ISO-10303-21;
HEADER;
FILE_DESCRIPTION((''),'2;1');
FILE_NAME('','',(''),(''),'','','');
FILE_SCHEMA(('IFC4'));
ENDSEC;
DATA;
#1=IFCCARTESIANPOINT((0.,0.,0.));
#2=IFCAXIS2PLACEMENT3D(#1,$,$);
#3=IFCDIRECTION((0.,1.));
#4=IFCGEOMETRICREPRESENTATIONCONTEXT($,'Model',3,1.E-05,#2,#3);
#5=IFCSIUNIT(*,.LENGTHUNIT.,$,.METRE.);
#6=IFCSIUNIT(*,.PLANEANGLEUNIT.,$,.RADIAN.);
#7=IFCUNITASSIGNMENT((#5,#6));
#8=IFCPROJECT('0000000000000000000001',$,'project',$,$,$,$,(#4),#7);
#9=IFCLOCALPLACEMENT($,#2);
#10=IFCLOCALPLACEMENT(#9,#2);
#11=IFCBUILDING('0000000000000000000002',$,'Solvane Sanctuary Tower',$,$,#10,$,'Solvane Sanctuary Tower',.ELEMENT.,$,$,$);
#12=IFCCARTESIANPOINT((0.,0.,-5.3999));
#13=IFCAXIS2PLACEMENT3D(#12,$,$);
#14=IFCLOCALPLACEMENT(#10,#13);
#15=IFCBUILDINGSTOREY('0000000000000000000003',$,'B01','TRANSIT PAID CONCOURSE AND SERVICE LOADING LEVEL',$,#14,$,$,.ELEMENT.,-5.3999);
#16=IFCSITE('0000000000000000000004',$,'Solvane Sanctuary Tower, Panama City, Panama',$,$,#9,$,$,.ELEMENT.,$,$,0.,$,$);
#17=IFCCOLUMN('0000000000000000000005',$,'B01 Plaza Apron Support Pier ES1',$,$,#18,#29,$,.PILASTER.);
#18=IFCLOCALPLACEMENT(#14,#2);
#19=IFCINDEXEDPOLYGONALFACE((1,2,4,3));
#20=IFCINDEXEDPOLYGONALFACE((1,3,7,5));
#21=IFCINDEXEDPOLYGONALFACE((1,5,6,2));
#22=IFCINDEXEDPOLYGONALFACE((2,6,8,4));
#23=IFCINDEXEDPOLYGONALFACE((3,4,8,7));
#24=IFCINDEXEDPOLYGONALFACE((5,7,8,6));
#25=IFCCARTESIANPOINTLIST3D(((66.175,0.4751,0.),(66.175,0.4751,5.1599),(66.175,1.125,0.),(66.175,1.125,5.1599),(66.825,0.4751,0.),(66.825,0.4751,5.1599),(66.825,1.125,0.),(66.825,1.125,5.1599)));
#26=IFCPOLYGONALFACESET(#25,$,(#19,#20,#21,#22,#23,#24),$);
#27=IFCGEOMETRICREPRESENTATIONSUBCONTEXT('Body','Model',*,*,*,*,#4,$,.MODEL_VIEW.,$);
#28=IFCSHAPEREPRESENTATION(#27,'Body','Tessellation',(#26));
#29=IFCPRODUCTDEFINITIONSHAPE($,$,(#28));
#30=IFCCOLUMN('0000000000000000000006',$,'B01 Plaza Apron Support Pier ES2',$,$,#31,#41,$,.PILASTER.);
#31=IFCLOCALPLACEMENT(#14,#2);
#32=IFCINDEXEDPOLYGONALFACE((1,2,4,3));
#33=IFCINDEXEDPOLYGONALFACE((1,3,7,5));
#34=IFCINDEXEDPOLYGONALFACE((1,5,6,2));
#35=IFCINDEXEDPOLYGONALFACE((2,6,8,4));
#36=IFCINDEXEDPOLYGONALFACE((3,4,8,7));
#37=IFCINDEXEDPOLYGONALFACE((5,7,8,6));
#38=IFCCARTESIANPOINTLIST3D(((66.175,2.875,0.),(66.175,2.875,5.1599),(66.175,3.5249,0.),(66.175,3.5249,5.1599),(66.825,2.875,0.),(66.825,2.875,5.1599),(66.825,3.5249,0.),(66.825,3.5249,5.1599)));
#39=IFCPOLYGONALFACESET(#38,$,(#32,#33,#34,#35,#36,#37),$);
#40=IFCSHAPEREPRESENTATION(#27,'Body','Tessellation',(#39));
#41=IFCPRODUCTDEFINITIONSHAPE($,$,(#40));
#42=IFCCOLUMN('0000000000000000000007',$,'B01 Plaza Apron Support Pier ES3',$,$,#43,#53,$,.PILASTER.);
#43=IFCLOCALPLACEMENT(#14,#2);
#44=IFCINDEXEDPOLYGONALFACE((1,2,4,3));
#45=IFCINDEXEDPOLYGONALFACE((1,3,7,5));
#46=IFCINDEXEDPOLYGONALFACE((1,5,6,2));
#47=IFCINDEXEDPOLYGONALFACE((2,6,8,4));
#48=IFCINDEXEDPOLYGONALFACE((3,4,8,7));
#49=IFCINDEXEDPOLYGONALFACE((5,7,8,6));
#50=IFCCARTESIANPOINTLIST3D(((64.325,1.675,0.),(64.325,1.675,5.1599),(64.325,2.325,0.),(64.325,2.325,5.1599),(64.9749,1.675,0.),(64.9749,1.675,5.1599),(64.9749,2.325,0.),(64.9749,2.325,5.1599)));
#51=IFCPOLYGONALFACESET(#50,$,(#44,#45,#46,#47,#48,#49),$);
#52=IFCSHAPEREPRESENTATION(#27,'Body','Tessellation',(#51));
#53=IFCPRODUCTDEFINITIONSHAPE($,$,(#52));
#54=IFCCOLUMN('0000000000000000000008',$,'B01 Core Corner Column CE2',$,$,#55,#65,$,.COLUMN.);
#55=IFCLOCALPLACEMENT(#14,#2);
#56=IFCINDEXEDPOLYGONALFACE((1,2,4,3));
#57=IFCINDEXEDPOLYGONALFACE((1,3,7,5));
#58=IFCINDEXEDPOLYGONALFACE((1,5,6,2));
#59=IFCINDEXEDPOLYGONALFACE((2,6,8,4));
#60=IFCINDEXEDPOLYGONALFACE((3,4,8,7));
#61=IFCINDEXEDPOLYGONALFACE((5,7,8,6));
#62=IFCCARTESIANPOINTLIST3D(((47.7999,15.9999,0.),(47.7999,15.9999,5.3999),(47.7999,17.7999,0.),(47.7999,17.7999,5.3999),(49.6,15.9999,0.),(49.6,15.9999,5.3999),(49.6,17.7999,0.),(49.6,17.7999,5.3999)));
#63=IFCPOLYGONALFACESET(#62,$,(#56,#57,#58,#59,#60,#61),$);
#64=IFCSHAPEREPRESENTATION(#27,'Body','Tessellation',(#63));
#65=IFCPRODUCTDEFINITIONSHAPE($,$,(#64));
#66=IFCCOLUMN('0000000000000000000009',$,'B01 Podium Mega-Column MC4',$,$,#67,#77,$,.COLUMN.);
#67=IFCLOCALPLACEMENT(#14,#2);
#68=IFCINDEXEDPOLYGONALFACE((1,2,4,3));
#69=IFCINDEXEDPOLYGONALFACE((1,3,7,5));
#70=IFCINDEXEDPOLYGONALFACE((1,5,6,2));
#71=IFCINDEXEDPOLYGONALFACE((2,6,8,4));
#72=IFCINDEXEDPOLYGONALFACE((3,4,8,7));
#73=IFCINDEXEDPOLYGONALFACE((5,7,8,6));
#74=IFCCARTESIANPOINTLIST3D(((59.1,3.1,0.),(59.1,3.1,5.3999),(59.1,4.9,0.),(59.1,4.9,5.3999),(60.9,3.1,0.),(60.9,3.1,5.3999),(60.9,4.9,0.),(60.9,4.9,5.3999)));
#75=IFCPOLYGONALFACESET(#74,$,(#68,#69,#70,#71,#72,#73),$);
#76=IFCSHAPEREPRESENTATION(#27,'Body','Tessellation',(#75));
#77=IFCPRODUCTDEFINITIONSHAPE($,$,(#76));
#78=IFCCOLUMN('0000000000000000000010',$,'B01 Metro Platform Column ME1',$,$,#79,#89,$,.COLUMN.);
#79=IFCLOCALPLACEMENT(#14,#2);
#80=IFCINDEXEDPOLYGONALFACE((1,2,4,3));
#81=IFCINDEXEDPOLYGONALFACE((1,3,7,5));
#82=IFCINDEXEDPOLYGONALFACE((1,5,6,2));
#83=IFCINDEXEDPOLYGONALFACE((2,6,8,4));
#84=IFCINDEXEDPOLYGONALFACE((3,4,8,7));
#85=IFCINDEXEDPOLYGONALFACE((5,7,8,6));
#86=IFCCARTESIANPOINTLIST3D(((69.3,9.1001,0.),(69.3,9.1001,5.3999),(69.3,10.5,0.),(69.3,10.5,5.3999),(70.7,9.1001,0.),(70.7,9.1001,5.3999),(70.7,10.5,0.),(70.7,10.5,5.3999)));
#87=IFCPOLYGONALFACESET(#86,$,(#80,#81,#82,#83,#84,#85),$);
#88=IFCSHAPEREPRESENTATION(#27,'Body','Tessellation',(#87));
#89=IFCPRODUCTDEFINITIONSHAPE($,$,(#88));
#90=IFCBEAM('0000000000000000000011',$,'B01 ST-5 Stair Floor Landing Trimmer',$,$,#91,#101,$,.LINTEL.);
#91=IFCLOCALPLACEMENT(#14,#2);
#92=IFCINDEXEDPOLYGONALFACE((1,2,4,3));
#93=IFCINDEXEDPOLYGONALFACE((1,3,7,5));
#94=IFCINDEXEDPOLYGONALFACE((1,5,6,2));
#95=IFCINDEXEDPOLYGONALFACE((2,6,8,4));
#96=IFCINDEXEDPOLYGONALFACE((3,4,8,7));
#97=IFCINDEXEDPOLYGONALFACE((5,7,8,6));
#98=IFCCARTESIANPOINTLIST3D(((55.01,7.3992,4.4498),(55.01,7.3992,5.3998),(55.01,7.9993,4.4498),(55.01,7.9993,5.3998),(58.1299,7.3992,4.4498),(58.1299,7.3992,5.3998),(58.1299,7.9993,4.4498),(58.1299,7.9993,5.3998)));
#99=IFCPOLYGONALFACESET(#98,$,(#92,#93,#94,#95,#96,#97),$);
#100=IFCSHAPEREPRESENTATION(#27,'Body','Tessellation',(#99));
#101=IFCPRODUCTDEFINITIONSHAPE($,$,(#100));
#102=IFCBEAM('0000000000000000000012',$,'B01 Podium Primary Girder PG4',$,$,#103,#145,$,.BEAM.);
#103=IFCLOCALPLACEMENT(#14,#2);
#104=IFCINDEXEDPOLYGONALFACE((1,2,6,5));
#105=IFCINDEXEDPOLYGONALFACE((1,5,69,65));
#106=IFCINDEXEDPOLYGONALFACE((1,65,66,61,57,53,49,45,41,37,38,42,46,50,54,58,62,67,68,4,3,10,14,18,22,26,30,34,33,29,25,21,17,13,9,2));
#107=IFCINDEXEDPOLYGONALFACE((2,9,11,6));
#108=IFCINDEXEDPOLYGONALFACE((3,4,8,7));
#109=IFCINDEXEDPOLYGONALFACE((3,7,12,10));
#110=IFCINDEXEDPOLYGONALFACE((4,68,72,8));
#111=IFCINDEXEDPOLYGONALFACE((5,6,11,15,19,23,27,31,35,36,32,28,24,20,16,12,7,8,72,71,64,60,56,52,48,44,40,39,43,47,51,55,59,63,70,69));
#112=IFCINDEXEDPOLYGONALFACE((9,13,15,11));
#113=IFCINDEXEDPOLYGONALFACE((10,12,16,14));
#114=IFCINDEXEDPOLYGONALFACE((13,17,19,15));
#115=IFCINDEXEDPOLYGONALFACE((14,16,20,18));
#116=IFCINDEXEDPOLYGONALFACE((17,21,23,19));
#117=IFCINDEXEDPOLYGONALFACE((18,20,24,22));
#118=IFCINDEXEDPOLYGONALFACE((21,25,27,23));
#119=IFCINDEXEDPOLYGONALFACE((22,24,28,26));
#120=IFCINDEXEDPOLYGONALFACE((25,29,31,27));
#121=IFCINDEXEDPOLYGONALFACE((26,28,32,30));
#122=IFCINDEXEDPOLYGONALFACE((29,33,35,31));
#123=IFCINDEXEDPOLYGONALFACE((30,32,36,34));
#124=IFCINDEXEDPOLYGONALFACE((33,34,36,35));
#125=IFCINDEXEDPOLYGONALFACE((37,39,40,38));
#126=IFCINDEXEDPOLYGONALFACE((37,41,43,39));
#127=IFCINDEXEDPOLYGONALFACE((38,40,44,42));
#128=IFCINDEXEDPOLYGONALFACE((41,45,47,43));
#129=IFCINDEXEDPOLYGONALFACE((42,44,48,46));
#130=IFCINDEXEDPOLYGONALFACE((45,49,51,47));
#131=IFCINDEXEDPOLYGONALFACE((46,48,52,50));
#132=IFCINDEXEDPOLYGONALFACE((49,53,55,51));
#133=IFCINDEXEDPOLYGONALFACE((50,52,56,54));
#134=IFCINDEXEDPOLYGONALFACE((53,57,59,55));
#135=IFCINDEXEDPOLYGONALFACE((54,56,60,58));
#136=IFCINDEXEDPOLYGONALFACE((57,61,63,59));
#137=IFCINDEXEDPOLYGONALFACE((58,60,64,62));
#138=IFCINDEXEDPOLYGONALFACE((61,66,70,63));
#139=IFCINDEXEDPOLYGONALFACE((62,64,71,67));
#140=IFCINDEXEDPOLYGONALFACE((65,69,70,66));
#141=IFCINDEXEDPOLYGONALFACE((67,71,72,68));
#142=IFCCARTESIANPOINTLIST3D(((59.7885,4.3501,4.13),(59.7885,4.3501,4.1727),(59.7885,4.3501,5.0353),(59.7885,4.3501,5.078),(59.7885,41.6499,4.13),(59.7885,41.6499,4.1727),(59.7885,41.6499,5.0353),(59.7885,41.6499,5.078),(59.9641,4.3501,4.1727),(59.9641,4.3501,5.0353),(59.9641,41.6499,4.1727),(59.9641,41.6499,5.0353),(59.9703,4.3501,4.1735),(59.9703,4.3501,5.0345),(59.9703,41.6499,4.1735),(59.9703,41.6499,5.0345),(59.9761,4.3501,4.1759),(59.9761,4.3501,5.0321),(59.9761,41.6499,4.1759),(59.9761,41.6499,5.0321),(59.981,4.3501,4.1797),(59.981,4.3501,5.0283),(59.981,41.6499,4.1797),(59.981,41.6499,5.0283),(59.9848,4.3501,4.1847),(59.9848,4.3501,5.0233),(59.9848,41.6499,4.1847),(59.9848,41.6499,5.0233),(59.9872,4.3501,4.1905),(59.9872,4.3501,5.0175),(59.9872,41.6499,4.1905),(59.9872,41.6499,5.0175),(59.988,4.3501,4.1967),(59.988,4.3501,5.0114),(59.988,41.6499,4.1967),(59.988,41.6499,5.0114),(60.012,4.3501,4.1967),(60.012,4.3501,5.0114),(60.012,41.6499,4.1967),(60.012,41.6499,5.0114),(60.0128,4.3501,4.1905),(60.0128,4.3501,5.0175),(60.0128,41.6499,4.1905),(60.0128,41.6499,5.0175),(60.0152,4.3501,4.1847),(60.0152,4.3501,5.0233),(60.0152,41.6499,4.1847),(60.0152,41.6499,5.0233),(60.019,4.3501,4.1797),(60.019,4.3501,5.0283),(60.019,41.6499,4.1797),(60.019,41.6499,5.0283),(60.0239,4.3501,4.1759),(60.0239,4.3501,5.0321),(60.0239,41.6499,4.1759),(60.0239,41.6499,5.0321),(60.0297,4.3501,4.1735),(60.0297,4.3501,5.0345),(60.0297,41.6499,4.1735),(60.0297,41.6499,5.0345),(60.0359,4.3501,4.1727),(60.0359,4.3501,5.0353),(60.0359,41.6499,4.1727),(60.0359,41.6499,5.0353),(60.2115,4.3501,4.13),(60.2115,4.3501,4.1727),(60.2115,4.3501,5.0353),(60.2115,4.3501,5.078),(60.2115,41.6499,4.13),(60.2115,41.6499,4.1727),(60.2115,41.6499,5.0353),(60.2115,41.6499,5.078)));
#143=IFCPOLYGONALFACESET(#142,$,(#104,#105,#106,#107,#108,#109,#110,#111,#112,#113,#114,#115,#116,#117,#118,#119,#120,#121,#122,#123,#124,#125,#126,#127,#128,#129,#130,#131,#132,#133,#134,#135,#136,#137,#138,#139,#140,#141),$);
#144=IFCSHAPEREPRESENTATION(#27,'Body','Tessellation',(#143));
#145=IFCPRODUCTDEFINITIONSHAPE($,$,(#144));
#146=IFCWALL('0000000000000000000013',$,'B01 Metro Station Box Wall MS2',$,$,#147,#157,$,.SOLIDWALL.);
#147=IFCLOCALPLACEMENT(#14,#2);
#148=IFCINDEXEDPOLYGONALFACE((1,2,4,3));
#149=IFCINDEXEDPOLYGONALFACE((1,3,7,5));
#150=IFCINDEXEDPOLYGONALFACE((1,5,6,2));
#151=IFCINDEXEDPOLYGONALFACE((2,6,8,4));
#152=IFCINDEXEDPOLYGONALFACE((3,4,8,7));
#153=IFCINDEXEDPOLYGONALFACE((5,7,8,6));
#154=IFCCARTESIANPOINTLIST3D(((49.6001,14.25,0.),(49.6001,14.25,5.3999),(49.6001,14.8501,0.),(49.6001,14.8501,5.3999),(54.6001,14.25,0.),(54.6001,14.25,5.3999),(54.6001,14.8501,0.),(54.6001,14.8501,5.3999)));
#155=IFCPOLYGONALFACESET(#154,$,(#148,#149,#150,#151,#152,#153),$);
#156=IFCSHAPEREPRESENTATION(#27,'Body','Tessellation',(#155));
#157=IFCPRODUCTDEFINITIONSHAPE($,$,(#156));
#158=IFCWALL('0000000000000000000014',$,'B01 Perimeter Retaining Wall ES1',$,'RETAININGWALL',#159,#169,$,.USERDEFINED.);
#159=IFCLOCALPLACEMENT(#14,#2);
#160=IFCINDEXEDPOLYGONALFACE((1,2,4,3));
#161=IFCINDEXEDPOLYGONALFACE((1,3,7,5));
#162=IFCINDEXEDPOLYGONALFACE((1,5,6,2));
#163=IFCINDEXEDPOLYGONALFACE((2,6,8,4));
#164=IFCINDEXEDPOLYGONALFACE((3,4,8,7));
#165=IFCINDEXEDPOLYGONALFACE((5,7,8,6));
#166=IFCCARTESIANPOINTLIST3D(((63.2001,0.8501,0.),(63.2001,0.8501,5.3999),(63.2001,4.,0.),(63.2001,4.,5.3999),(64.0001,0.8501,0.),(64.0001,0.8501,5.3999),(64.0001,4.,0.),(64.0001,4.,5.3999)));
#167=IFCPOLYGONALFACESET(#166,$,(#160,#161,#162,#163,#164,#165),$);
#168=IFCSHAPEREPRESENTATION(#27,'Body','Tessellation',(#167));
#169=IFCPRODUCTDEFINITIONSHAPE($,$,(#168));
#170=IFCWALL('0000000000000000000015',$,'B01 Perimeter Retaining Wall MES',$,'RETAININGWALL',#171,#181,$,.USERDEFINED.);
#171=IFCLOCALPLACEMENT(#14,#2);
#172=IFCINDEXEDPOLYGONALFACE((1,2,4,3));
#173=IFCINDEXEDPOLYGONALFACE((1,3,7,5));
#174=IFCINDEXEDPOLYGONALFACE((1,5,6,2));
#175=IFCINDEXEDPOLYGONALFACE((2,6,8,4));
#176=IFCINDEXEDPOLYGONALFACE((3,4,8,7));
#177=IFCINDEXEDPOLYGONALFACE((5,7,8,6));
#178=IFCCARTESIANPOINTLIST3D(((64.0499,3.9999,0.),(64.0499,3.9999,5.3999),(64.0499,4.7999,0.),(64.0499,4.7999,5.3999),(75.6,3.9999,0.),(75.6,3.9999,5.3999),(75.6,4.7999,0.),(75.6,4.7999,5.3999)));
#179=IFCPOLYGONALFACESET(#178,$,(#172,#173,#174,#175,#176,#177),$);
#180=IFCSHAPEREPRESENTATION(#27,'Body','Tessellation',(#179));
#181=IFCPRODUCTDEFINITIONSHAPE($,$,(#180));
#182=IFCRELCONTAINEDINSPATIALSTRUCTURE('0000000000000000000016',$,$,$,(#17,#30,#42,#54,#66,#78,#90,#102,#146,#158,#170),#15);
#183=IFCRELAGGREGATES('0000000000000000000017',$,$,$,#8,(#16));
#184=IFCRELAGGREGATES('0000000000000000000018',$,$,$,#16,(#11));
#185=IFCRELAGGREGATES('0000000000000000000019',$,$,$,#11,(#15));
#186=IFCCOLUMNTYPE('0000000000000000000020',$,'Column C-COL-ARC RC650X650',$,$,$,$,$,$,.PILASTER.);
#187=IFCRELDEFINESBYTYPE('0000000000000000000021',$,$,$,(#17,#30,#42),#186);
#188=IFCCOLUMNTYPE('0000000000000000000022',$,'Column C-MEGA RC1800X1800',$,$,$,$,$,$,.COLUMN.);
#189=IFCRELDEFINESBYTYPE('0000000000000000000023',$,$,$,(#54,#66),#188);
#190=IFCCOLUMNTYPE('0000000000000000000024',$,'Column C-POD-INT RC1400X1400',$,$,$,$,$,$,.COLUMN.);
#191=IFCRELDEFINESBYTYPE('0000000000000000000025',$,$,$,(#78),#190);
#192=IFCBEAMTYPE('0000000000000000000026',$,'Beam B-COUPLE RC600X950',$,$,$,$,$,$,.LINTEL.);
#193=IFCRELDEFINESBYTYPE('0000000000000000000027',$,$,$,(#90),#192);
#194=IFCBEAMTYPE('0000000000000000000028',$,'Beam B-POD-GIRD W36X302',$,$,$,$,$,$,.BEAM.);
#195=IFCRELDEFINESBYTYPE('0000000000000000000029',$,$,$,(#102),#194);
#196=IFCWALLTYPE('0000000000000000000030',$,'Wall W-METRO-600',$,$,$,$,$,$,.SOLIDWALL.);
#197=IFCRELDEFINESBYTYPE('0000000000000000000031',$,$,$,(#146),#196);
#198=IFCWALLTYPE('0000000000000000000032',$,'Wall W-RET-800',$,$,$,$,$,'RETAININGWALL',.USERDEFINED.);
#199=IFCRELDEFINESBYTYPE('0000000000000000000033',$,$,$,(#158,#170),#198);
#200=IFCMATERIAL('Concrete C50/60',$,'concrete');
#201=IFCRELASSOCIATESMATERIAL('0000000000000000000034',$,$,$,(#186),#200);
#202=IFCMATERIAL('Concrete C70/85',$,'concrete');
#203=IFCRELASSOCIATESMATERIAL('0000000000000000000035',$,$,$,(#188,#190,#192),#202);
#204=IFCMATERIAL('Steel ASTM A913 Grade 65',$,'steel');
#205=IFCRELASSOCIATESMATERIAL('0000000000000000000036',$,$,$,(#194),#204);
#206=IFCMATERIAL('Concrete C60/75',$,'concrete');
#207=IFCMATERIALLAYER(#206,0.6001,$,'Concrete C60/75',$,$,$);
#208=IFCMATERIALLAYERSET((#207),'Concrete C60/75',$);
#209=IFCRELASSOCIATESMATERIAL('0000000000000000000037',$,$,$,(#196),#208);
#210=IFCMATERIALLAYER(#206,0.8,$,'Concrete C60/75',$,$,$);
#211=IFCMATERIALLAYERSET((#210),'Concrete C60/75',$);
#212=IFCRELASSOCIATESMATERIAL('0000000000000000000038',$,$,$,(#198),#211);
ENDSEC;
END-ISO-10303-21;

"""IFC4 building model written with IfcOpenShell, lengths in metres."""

from ifc_helpers import new_model, si_unit, direction, frame, frame_2d, origin, origin_2d, place, context, subcontext, project, spatial, rectangle, i_section, extrude, material, layer, layer_set, material_profile, profile_set, type_object, element, save


model = new_model("IFC4")

# Units and contexts
model_context = context("Model", 3, precision=1e-05, world=origin(), true_north=direction((0.0, 1.0)))
body_context = subcontext(model_context, "Body", "Model", "MODEL_VIEW")
ifc_project = project(units=[si_unit("LENGTHUNIT", "METRE"), si_unit("PLANEANGLEUNIT", "RADIAN")], contexts=[model_context])

# Site, building, storey
site_placement = place(None, origin())
site = spatial("IfcSite", under=ifc_project, at=site_placement, Name="Solvane Sanctuary Tower, Panama City, Panama", CompositionType="ELEMENT", RefElevation=0.0)
building_placement = place(site_placement, origin())
building = spatial("IfcBuilding", under=site, at=building_placement, Name="Solvane Sanctuary Tower", LongName="Solvane Sanctuary Tower", CompositionType="ELEMENT")
storey_placement = place(building_placement, frame((0.0, 0.0, -5.3999)))
storey = spatial("IfcBuildingStorey", under=building, at=storey_placement, Name="B01", Description="TRANSIT PAID CONCOURSE AND SERVICE LOADING LEVEL", CompositionType="ELEMENT", Elevation=-5.3999)

# Columns
ifc_material_1 = material(Name="Concrete C50/60", Category="concrete")
ifc_material_profile_1 = material_profile(ifc_material_1, rectangle(XDim=0.6499, YDim=0.6499, at=origin_2d()), Name="RC650X650")
ifc_profile_set_1 = profile_set([ifc_material_profile_1], Name="Concrete C50/60")
column_type_1 = type_object("IfcColumnType", Name="Column C-COL-ARC RC650X650", PredefinedType="PILASTER", material=ifc_profile_set_1)
for number, where, z_axis, x_axis, name in (
    (1, (66.5, 0.8, 0.0), (0.0, 0.0, 1.0), (1.0, 0.0, 0.0), "B01 Plaza Apron Support Pier ES1"),
    (2, (66.5, 3.2, 0.0), (0.0, 0.0, 1.0), (1.0, 0.0, 0.0), "B01 Plaza Apron Support Pier ES2"),
    (3, (64.6499, 2.0, 0.0), (0.0, 0.0, 1.0), (1.0, 0.0, 0.0), "B01 Plaza Apron Support Pier ES3"),
):
    element("IfcColumn", number, at=place(storey_placement, frame(where, z_axis=z_axis, x_axis=x_axis)), inside=storey, type_object=column_type_1, Name=name, PredefinedType="PILASTER", context=body_context, shape_type="SweptSolid", body=[
        extrude(rectangle(XDim=0.6499, YDim=0.6499, at=origin_2d()), origin(), (0.0, 0.0, 1.0), 5.1599),
    ])
ifc_material_2 = material(Name="Concrete C70/85", Category="concrete")
ifc_material_profile_2 = material_profile(ifc_material_2, rectangle(XDim=1.8, YDim=1.8, at=origin_2d()), Name="RC1800X1800")
ifc_profile_set_2 = profile_set([ifc_material_profile_2], Name="Concrete C70/85")
column_type_2 = type_object("IfcColumnType", Name="Column C-MEGA RC1800X1800", PredefinedType="COLUMN", material=ifc_profile_set_2)
for number, where, z_axis, x_axis, name in (
    (4, (48.7, 16.8999, 0.0), (0.0, 0.0, 1.0), (1.0, 0.0, 0.0), "B01 Core Corner Column CE2"),
    (5, (60.0, 4.0, 0.0), (0.0, 0.0, 1.0), (1.0, 0.0, 0.0), "B01 Podium Mega-Column MC4"),
):
    element("IfcColumn", number, at=place(storey_placement, frame(where, z_axis=z_axis, x_axis=x_axis)), inside=storey, type_object=column_type_2, Name=name, PredefinedType="COLUMN", context=body_context, shape_type="SweptSolid", body=[
        extrude(rectangle(XDim=1.8, YDim=1.8, at=origin_2d()), origin(), (0.0, 0.0, 1.0), 5.3999),
    ])
ifc_material_profile_3 = material_profile(ifc_material_2, rectangle(XDim=1.3999, YDim=1.3999, at=origin_2d()), Name="RC1400X1400")
ifc_profile_set_3 = profile_set([ifc_material_profile_3], Name="Concrete C70/85")
column_type_3 = type_object("IfcColumnType", Name="Column C-POD-INT RC1400X1400", PredefinedType="COLUMN", material=ifc_profile_set_3)
column_placement = place(storey_placement, frame((70.0, 9.8, 0.0), z_axis=(0.0, 0.0, 1.0), x_axis=(1.0, 0.0, 0.0)))
element("IfcColumn", 6, at=column_placement, inside=storey, type_object=column_type_3, Name="B01 Metro Platform Column ME1", PredefinedType="COLUMN", context=body_context, shape_type="SweptSolid", body=[
    extrude(rectangle(XDim=1.3999, YDim=1.3999, at=origin_2d()), origin(), (0.0, 0.0, 1.0), 5.3999),
])

# Beams
ifc_material_profile_4 = material_profile(ifc_material_2, rectangle(XDim=0.6001, YDim=0.95, at=origin_2d()), Name="RC600X950")
ifc_profile_set_4 = profile_set([ifc_material_profile_4], Name="Concrete C70/85")
beam_type_1 = type_object("IfcBeamType", Name="Beam B-COUPLE RC600X950", PredefinedType="LINTEL", material=ifc_profile_set_4)
beam_1_placement = place(storey_placement, frame((55.01, 7.6992, 4.9248), z_axis=(1.0, 0.0, 0.0), x_axis=(0.0, 1.0, 0.0)))
element("IfcBeam", 7, at=beam_1_placement, inside=storey, type_object=beam_type_1, Name="B01 ST-5 Stair Floor Landing Trimmer", PredefinedType="LINTEL", context=body_context, shape_type="SweptSolid", body=[
    extrude(rectangle(XDim=0.6001, YDim=0.95, at=origin_2d()), origin(), (0.0, 0.0, 1.0), 3.1199),
])
ifc_material_3 = material(Name="Steel ASTM A913 Grade 65", Category="steel")
ifc_material_profile_5 = material_profile(ifc_material_3, i_section(OverallWidth=0.4231, OverallDepth=0.948, WebThickness=0.0239, FlangeThickness=0.0427, FilletRadius=0.0239, at=origin_2d()), Name="W36X302")
ifc_profile_set_5 = profile_set([ifc_material_profile_5], Name="Steel ASTM A913 Grade 65")
beam_type_2 = type_object("IfcBeamType", Name="Beam B-POD-GIRD W36X302", PredefinedType="BEAM", material=ifc_profile_set_5)
beam_2_placement = place(storey_placement, frame((60.0, 4.3501, 4.604), z_axis=(0.0, 1.0, 0.0), x_axis=(-1.0, 0.0, 0.0)))
element("IfcBeam", 8, at=beam_2_placement, inside=storey, type_object=beam_type_2, Name="B01 Podium Primary Girder PG4", PredefinedType="BEAM", context=body_context, shape_type="SweptSolid", body=[
    extrude(i_section(OverallWidth=0.4231, OverallDepth=0.948, WebThickness=0.0239, FlangeThickness=0.0427, FilletRadius=0.0239, at=origin_2d()), origin(), (0.0, 0.0, 1.0), 37.2998),
])

# Walls
ifc_material_4 = material(Name="Concrete C60/75", Category="concrete")
ifc_layer_1 = layer(ifc_material_4, 0.6001, Name="Concrete C60/75")
ifc_layer_set_1 = layer_set([ifc_layer_1], Name="Concrete C60/75")
wall_type_1 = type_object("IfcWallType", Name="Wall W-METRO-600", PredefinedType="SOLIDWALL", material=ifc_layer_set_1)
wall_1_placement = place(storey_placement, frame((49.6001, 14.55, 0.0), z_axis=(0.0, 0.0, 1.0), x_axis=(1.0, 0.0, 0.0)))
element("IfcWall", 9, at=wall_1_placement, inside=storey, type_object=wall_type_1, Name="B01 Metro Station Box Wall MS2", PredefinedType="SOLIDWALL", context=body_context, shape_type="SweptSolid", body=[
    extrude(rectangle(XDim=5.0, YDim=0.6001, at=frame_2d((2.5, 0.0))), origin(), (0.0, 0.0, 1.0), 5.3999),
])
ifc_layer_2 = layer(ifc_material_4, 0.8, Name="Concrete C60/75")
ifc_layer_set_2 = layer_set([ifc_layer_2], Name="Concrete C60/75")
wall_type_2 = type_object("IfcWallType", Name="Wall W-RET-800", ElementType="RETAININGWALL", PredefinedType="USERDEFINED", material=ifc_layer_set_2)
wall_2_placement = place(storey_placement, frame((63.6001, 0.8501, 0.0), z_axis=(0.0, 0.0, 1.0), x_axis=(0.0, 1.0, 0.0)))
element("IfcWall", 10, at=wall_2_placement, inside=storey, type_object=wall_type_2, Name="B01 Perimeter Retaining Wall ES1", ObjectType="RETAININGWALL", PredefinedType="USERDEFINED", context=body_context, shape_type="SweptSolid", body=[
    extrude(rectangle(XDim=3.1499, YDim=0.8, at=frame_2d((1.575, 0.0))), origin(), (0.0, 0.0, 1.0), 5.3999),
])
wall_3_placement = place(storey_placement, frame((64.05, 4.3999, 0.0), z_axis=(0.0, 0.0, 1.0), x_axis=(1.0, 0.0, 0.0)))
element("IfcWall", 11, at=wall_3_placement, inside=storey, type_object=wall_type_2, Name="B01 Perimeter Retaining Wall MES", ObjectType="RETAININGWALL", PredefinedType="USERDEFINED", context=body_context, shape_type="SweptSolid", body=[
    extrude(rectangle(XDim=11.55, YDim=0.8, at=frame_2d((5.7749, 0.0))), origin(), (0.0, 0.0, 1.0), 5.3999),
])

save(model, "model.ifc")
